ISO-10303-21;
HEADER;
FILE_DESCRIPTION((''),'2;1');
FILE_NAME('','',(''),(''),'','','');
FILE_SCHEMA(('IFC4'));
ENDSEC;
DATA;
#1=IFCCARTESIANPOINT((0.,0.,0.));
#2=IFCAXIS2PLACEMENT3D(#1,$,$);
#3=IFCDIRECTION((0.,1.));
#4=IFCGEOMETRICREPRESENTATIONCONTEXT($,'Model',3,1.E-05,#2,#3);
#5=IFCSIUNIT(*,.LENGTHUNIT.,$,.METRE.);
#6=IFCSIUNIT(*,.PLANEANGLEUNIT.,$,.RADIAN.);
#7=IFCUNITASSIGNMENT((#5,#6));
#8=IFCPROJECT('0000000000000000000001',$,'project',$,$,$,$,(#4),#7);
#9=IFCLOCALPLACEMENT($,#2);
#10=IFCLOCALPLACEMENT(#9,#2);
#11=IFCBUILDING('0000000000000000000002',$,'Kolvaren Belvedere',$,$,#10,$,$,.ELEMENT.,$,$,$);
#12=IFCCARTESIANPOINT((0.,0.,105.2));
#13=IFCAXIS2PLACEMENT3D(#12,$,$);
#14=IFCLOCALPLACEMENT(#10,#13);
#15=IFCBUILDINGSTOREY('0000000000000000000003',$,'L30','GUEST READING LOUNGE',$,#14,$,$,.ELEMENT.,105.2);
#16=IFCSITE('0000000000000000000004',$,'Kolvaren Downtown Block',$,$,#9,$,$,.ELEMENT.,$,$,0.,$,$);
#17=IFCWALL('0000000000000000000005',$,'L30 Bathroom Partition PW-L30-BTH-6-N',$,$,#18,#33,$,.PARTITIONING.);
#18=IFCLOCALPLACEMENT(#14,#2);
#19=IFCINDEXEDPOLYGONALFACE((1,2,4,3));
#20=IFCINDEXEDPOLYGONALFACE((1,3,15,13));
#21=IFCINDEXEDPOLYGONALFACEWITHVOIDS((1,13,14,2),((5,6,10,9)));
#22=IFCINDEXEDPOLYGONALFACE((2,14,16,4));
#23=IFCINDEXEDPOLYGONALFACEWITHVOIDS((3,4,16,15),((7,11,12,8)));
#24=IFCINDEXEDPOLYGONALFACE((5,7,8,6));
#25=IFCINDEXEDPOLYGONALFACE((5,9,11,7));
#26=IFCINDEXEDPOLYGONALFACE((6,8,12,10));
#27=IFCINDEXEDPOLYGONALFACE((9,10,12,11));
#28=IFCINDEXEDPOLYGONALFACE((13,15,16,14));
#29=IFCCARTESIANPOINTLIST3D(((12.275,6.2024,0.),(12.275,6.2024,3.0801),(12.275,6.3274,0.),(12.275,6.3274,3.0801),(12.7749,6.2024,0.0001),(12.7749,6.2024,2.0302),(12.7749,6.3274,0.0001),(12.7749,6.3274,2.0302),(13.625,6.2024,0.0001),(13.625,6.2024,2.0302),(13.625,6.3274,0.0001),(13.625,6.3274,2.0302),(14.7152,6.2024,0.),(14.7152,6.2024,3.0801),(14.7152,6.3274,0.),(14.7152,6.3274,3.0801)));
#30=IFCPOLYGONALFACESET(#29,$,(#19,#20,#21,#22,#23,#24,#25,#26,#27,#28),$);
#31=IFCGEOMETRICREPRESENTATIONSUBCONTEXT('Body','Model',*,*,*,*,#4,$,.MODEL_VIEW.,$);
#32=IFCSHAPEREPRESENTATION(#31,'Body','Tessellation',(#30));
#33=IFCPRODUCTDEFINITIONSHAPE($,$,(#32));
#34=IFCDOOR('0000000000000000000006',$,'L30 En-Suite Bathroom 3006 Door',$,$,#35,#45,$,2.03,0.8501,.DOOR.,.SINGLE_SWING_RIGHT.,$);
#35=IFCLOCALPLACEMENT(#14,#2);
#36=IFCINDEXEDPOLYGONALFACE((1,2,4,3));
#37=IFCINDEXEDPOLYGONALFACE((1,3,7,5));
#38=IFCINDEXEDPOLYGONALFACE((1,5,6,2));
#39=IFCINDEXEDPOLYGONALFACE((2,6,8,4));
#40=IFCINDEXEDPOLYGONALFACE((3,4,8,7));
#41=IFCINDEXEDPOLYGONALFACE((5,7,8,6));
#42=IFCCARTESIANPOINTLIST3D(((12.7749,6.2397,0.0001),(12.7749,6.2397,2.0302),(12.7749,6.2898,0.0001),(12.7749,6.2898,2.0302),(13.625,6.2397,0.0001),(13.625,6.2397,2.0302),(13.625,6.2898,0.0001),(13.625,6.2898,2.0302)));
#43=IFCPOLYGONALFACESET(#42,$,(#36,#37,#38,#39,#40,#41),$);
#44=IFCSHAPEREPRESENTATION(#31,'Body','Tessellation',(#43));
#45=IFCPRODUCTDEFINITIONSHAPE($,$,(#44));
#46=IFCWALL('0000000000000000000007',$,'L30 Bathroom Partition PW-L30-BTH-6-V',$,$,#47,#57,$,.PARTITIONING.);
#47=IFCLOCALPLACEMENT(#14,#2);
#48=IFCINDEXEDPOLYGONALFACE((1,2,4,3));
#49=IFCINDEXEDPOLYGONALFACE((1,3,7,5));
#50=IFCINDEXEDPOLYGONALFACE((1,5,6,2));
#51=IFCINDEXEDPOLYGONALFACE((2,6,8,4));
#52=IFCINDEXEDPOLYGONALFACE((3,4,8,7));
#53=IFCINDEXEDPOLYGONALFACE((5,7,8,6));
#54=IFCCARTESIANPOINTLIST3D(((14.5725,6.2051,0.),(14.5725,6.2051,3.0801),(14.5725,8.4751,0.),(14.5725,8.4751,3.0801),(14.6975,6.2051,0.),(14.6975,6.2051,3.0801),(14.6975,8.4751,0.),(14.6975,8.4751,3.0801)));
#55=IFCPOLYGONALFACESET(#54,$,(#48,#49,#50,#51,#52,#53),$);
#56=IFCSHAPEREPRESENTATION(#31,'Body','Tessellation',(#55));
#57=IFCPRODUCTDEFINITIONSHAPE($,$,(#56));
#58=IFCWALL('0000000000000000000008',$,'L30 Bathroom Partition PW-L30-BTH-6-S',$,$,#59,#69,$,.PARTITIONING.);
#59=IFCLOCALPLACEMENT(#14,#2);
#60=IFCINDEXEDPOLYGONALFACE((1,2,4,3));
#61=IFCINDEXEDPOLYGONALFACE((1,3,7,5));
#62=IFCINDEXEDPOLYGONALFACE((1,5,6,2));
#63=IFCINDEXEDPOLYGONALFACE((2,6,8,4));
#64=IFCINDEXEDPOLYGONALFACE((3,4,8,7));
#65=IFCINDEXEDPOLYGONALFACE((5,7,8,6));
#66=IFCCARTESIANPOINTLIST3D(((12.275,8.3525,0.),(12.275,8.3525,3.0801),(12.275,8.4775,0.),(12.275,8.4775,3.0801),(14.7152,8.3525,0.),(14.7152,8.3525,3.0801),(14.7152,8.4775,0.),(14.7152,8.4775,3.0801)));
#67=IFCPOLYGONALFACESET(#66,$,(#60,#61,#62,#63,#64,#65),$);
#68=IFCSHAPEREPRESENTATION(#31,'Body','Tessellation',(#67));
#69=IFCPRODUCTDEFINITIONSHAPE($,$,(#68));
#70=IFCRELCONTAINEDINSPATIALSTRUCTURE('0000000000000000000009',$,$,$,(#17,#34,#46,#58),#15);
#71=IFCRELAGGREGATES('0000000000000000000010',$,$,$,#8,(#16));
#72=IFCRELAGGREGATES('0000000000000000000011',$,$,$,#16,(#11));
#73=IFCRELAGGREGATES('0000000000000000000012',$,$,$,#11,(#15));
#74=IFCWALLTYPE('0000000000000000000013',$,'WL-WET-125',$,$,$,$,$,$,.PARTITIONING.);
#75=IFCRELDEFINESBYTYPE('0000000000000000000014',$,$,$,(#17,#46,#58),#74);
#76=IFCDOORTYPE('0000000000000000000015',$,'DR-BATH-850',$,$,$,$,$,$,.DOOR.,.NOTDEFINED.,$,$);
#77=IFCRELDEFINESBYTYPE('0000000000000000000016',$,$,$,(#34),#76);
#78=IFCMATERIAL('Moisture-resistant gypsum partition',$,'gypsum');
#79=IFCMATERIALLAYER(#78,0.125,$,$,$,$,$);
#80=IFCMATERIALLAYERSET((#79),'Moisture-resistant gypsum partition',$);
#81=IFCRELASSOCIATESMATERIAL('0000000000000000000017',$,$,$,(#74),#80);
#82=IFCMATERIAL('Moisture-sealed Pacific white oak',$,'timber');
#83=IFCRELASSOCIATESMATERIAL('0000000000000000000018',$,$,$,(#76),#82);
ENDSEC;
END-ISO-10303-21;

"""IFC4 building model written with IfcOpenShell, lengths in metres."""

from ifc_helpers import new_model, si_unit, direction, frame, frame_2d, origin, place, context, subcontext, project, spatial, rectangle, extrude, material, layer, layer_set, type_object, element, fill, save


model = new_model("IFC4")

# Units and contexts
model_context = context("Model", 3, precision=1e-05, world=origin(), true_north=direction((0.0, 1.0)))
body_context = subcontext(model_context, "Body", "Model", "MODEL_VIEW")
ifc_project = project(units=[si_unit("LENGTHUNIT", "METRE"), si_unit("PLANEANGLEUNIT", "RADIAN")], contexts=[model_context])

# Site, building, storey
site_placement = place(None, origin())
site = spatial("IfcSite", under=ifc_project, at=site_placement, Name="Kolvaren Downtown Block", CompositionType="ELEMENT", RefElevation=0.0)
building_placement = place(site_placement, origin())
building = spatial("IfcBuilding", under=site, at=building_placement, Name="Kolvaren Belvedere", CompositionType="ELEMENT")
storey_placement = place(building_placement, frame((0.0, 0.0, 105.2)))
storey = spatial("IfcBuildingStorey", under=building, at=storey_placement, Name="L30", Description="GUEST READING LOUNGE", CompositionType="ELEMENT", Elevation=105.2)

# Wall, opening, door
ifc_material_1 = material(Name="Moisture-resistant gypsum partition", Category="gypsum")
ifc_layer_1 = layer(ifc_material_1, 0.125)
ifc_layer_set_1 = layer_set([ifc_layer_1], Name="Moisture-resistant gypsum partition")
wall_type_1 = type_object("IfcWallType", Name="WL-WET-125", PredefinedType="PARTITIONING", material=ifc_layer_set_1)
wall_1_placement = place(storey_placement, frame((12.2749, 6.2649, 0.0), z_axis=(0.0, 0.0, 1.0), x_axis=(1.0, 0.0, 0.0)))
wall_1 = element("IfcWall", 1, at=wall_1_placement, inside=storey, type_object=wall_type_1, Name="L30 Bathroom Partition PW-L30-BTH-6-N", PredefinedType="PARTITIONING", context=body_context, shape_type="SweptSolid", body=[
    extrude(rectangle(XDim=2.4402, YDim=0.125, at=frame_2d((1.2202, 0.0))), origin(), (0.0, 0.0, 1.0), 3.0801),
])
opening_placement = place(wall_1_placement, frame((0.5, 0.0, 0.0)))
opening = element("IfcOpeningElement", 2, at=opening_placement, cuts=wall_1, PredefinedType="OPENING", context=body_context, shape_type="SweptSolid", body=[
    extrude(rectangle(XDim=0.8501, YDim=2.03, at=frame_2d((0.425, 1.0151))), frame((0.0, 0.0725, 0.0), z_axis=(0.0, -1.0, 0.0), x_axis=(1.0, 0.0, 0.0)), (0.0, 0.0, 1.0), 0.145),
])
ifc_material_2 = material(Name="Moisture-sealed Pacific white oak", Category="timber")
door_type = type_object("IfcDoorType", Name="DR-BATH-850", OperationType="NOTDEFINED", PredefinedType="DOOR", material=ifc_material_2)
door_placement = place(opening_placement, origin())
door = element("IfcDoor", 3, at=door_placement, inside=storey, type_object=door_type, Name="L30 En-Suite Bathroom 3006 Door", OperationType="SINGLE_SWING_RIGHT", OverallHeight=2.03, OverallWidth=0.8501, PredefinedType="DOOR", context=body_context, shape_type="SweptSolid", body=[
    extrude(rectangle(XDim=0.8501, YDim=2.03, at=frame_2d((0.425, 1.0151))), frame((0.0, 0.0249, 0.0), z_axis=(0.0, -1.0, 0.0), x_axis=(1.0, 0.0, 0.0)), (0.0, 0.0, 1.0), 0.05),
])
fill(opening, door)

# Walls
wall_2_placement = place(storey_placement, frame((14.635, 6.2051, 0.0), z_axis=(0.0, 0.0, 1.0), x_axis=(0.0, 1.0, 0.0)))
element("IfcWall", 4, at=wall_2_placement, inside=storey, type_object=wall_type_1, Name="L30 Bathroom Partition PW-L30-BTH-6-V", PredefinedType="PARTITIONING", context=body_context, shape_type="SweptSolid", body=[
    extrude(rectangle(XDim=2.27, YDim=0.125, at=frame_2d((1.135, 0.0))), origin(), (0.0, 0.0, 1.0), 3.0801),
])
wall_3_placement = place(storey_placement, frame((12.2749, 8.415, 0.0), z_axis=(0.0, 0.0, 1.0), x_axis=(1.0, 0.0, 0.0)))
element("IfcWall", 5, at=wall_3_placement, inside=storey, type_object=wall_type_1, Name="L30 Bathroom Partition PW-L30-BTH-6-S", PredefinedType="PARTITIONING", context=body_context, shape_type="SweptSolid", body=[
    extrude(rectangle(XDim=2.4402, YDim=0.125, at=frame_2d((1.2202, 0.0))), origin(), (0.0, 0.0, 1.0), 3.0801),
])

save(model, "model.ifc")
